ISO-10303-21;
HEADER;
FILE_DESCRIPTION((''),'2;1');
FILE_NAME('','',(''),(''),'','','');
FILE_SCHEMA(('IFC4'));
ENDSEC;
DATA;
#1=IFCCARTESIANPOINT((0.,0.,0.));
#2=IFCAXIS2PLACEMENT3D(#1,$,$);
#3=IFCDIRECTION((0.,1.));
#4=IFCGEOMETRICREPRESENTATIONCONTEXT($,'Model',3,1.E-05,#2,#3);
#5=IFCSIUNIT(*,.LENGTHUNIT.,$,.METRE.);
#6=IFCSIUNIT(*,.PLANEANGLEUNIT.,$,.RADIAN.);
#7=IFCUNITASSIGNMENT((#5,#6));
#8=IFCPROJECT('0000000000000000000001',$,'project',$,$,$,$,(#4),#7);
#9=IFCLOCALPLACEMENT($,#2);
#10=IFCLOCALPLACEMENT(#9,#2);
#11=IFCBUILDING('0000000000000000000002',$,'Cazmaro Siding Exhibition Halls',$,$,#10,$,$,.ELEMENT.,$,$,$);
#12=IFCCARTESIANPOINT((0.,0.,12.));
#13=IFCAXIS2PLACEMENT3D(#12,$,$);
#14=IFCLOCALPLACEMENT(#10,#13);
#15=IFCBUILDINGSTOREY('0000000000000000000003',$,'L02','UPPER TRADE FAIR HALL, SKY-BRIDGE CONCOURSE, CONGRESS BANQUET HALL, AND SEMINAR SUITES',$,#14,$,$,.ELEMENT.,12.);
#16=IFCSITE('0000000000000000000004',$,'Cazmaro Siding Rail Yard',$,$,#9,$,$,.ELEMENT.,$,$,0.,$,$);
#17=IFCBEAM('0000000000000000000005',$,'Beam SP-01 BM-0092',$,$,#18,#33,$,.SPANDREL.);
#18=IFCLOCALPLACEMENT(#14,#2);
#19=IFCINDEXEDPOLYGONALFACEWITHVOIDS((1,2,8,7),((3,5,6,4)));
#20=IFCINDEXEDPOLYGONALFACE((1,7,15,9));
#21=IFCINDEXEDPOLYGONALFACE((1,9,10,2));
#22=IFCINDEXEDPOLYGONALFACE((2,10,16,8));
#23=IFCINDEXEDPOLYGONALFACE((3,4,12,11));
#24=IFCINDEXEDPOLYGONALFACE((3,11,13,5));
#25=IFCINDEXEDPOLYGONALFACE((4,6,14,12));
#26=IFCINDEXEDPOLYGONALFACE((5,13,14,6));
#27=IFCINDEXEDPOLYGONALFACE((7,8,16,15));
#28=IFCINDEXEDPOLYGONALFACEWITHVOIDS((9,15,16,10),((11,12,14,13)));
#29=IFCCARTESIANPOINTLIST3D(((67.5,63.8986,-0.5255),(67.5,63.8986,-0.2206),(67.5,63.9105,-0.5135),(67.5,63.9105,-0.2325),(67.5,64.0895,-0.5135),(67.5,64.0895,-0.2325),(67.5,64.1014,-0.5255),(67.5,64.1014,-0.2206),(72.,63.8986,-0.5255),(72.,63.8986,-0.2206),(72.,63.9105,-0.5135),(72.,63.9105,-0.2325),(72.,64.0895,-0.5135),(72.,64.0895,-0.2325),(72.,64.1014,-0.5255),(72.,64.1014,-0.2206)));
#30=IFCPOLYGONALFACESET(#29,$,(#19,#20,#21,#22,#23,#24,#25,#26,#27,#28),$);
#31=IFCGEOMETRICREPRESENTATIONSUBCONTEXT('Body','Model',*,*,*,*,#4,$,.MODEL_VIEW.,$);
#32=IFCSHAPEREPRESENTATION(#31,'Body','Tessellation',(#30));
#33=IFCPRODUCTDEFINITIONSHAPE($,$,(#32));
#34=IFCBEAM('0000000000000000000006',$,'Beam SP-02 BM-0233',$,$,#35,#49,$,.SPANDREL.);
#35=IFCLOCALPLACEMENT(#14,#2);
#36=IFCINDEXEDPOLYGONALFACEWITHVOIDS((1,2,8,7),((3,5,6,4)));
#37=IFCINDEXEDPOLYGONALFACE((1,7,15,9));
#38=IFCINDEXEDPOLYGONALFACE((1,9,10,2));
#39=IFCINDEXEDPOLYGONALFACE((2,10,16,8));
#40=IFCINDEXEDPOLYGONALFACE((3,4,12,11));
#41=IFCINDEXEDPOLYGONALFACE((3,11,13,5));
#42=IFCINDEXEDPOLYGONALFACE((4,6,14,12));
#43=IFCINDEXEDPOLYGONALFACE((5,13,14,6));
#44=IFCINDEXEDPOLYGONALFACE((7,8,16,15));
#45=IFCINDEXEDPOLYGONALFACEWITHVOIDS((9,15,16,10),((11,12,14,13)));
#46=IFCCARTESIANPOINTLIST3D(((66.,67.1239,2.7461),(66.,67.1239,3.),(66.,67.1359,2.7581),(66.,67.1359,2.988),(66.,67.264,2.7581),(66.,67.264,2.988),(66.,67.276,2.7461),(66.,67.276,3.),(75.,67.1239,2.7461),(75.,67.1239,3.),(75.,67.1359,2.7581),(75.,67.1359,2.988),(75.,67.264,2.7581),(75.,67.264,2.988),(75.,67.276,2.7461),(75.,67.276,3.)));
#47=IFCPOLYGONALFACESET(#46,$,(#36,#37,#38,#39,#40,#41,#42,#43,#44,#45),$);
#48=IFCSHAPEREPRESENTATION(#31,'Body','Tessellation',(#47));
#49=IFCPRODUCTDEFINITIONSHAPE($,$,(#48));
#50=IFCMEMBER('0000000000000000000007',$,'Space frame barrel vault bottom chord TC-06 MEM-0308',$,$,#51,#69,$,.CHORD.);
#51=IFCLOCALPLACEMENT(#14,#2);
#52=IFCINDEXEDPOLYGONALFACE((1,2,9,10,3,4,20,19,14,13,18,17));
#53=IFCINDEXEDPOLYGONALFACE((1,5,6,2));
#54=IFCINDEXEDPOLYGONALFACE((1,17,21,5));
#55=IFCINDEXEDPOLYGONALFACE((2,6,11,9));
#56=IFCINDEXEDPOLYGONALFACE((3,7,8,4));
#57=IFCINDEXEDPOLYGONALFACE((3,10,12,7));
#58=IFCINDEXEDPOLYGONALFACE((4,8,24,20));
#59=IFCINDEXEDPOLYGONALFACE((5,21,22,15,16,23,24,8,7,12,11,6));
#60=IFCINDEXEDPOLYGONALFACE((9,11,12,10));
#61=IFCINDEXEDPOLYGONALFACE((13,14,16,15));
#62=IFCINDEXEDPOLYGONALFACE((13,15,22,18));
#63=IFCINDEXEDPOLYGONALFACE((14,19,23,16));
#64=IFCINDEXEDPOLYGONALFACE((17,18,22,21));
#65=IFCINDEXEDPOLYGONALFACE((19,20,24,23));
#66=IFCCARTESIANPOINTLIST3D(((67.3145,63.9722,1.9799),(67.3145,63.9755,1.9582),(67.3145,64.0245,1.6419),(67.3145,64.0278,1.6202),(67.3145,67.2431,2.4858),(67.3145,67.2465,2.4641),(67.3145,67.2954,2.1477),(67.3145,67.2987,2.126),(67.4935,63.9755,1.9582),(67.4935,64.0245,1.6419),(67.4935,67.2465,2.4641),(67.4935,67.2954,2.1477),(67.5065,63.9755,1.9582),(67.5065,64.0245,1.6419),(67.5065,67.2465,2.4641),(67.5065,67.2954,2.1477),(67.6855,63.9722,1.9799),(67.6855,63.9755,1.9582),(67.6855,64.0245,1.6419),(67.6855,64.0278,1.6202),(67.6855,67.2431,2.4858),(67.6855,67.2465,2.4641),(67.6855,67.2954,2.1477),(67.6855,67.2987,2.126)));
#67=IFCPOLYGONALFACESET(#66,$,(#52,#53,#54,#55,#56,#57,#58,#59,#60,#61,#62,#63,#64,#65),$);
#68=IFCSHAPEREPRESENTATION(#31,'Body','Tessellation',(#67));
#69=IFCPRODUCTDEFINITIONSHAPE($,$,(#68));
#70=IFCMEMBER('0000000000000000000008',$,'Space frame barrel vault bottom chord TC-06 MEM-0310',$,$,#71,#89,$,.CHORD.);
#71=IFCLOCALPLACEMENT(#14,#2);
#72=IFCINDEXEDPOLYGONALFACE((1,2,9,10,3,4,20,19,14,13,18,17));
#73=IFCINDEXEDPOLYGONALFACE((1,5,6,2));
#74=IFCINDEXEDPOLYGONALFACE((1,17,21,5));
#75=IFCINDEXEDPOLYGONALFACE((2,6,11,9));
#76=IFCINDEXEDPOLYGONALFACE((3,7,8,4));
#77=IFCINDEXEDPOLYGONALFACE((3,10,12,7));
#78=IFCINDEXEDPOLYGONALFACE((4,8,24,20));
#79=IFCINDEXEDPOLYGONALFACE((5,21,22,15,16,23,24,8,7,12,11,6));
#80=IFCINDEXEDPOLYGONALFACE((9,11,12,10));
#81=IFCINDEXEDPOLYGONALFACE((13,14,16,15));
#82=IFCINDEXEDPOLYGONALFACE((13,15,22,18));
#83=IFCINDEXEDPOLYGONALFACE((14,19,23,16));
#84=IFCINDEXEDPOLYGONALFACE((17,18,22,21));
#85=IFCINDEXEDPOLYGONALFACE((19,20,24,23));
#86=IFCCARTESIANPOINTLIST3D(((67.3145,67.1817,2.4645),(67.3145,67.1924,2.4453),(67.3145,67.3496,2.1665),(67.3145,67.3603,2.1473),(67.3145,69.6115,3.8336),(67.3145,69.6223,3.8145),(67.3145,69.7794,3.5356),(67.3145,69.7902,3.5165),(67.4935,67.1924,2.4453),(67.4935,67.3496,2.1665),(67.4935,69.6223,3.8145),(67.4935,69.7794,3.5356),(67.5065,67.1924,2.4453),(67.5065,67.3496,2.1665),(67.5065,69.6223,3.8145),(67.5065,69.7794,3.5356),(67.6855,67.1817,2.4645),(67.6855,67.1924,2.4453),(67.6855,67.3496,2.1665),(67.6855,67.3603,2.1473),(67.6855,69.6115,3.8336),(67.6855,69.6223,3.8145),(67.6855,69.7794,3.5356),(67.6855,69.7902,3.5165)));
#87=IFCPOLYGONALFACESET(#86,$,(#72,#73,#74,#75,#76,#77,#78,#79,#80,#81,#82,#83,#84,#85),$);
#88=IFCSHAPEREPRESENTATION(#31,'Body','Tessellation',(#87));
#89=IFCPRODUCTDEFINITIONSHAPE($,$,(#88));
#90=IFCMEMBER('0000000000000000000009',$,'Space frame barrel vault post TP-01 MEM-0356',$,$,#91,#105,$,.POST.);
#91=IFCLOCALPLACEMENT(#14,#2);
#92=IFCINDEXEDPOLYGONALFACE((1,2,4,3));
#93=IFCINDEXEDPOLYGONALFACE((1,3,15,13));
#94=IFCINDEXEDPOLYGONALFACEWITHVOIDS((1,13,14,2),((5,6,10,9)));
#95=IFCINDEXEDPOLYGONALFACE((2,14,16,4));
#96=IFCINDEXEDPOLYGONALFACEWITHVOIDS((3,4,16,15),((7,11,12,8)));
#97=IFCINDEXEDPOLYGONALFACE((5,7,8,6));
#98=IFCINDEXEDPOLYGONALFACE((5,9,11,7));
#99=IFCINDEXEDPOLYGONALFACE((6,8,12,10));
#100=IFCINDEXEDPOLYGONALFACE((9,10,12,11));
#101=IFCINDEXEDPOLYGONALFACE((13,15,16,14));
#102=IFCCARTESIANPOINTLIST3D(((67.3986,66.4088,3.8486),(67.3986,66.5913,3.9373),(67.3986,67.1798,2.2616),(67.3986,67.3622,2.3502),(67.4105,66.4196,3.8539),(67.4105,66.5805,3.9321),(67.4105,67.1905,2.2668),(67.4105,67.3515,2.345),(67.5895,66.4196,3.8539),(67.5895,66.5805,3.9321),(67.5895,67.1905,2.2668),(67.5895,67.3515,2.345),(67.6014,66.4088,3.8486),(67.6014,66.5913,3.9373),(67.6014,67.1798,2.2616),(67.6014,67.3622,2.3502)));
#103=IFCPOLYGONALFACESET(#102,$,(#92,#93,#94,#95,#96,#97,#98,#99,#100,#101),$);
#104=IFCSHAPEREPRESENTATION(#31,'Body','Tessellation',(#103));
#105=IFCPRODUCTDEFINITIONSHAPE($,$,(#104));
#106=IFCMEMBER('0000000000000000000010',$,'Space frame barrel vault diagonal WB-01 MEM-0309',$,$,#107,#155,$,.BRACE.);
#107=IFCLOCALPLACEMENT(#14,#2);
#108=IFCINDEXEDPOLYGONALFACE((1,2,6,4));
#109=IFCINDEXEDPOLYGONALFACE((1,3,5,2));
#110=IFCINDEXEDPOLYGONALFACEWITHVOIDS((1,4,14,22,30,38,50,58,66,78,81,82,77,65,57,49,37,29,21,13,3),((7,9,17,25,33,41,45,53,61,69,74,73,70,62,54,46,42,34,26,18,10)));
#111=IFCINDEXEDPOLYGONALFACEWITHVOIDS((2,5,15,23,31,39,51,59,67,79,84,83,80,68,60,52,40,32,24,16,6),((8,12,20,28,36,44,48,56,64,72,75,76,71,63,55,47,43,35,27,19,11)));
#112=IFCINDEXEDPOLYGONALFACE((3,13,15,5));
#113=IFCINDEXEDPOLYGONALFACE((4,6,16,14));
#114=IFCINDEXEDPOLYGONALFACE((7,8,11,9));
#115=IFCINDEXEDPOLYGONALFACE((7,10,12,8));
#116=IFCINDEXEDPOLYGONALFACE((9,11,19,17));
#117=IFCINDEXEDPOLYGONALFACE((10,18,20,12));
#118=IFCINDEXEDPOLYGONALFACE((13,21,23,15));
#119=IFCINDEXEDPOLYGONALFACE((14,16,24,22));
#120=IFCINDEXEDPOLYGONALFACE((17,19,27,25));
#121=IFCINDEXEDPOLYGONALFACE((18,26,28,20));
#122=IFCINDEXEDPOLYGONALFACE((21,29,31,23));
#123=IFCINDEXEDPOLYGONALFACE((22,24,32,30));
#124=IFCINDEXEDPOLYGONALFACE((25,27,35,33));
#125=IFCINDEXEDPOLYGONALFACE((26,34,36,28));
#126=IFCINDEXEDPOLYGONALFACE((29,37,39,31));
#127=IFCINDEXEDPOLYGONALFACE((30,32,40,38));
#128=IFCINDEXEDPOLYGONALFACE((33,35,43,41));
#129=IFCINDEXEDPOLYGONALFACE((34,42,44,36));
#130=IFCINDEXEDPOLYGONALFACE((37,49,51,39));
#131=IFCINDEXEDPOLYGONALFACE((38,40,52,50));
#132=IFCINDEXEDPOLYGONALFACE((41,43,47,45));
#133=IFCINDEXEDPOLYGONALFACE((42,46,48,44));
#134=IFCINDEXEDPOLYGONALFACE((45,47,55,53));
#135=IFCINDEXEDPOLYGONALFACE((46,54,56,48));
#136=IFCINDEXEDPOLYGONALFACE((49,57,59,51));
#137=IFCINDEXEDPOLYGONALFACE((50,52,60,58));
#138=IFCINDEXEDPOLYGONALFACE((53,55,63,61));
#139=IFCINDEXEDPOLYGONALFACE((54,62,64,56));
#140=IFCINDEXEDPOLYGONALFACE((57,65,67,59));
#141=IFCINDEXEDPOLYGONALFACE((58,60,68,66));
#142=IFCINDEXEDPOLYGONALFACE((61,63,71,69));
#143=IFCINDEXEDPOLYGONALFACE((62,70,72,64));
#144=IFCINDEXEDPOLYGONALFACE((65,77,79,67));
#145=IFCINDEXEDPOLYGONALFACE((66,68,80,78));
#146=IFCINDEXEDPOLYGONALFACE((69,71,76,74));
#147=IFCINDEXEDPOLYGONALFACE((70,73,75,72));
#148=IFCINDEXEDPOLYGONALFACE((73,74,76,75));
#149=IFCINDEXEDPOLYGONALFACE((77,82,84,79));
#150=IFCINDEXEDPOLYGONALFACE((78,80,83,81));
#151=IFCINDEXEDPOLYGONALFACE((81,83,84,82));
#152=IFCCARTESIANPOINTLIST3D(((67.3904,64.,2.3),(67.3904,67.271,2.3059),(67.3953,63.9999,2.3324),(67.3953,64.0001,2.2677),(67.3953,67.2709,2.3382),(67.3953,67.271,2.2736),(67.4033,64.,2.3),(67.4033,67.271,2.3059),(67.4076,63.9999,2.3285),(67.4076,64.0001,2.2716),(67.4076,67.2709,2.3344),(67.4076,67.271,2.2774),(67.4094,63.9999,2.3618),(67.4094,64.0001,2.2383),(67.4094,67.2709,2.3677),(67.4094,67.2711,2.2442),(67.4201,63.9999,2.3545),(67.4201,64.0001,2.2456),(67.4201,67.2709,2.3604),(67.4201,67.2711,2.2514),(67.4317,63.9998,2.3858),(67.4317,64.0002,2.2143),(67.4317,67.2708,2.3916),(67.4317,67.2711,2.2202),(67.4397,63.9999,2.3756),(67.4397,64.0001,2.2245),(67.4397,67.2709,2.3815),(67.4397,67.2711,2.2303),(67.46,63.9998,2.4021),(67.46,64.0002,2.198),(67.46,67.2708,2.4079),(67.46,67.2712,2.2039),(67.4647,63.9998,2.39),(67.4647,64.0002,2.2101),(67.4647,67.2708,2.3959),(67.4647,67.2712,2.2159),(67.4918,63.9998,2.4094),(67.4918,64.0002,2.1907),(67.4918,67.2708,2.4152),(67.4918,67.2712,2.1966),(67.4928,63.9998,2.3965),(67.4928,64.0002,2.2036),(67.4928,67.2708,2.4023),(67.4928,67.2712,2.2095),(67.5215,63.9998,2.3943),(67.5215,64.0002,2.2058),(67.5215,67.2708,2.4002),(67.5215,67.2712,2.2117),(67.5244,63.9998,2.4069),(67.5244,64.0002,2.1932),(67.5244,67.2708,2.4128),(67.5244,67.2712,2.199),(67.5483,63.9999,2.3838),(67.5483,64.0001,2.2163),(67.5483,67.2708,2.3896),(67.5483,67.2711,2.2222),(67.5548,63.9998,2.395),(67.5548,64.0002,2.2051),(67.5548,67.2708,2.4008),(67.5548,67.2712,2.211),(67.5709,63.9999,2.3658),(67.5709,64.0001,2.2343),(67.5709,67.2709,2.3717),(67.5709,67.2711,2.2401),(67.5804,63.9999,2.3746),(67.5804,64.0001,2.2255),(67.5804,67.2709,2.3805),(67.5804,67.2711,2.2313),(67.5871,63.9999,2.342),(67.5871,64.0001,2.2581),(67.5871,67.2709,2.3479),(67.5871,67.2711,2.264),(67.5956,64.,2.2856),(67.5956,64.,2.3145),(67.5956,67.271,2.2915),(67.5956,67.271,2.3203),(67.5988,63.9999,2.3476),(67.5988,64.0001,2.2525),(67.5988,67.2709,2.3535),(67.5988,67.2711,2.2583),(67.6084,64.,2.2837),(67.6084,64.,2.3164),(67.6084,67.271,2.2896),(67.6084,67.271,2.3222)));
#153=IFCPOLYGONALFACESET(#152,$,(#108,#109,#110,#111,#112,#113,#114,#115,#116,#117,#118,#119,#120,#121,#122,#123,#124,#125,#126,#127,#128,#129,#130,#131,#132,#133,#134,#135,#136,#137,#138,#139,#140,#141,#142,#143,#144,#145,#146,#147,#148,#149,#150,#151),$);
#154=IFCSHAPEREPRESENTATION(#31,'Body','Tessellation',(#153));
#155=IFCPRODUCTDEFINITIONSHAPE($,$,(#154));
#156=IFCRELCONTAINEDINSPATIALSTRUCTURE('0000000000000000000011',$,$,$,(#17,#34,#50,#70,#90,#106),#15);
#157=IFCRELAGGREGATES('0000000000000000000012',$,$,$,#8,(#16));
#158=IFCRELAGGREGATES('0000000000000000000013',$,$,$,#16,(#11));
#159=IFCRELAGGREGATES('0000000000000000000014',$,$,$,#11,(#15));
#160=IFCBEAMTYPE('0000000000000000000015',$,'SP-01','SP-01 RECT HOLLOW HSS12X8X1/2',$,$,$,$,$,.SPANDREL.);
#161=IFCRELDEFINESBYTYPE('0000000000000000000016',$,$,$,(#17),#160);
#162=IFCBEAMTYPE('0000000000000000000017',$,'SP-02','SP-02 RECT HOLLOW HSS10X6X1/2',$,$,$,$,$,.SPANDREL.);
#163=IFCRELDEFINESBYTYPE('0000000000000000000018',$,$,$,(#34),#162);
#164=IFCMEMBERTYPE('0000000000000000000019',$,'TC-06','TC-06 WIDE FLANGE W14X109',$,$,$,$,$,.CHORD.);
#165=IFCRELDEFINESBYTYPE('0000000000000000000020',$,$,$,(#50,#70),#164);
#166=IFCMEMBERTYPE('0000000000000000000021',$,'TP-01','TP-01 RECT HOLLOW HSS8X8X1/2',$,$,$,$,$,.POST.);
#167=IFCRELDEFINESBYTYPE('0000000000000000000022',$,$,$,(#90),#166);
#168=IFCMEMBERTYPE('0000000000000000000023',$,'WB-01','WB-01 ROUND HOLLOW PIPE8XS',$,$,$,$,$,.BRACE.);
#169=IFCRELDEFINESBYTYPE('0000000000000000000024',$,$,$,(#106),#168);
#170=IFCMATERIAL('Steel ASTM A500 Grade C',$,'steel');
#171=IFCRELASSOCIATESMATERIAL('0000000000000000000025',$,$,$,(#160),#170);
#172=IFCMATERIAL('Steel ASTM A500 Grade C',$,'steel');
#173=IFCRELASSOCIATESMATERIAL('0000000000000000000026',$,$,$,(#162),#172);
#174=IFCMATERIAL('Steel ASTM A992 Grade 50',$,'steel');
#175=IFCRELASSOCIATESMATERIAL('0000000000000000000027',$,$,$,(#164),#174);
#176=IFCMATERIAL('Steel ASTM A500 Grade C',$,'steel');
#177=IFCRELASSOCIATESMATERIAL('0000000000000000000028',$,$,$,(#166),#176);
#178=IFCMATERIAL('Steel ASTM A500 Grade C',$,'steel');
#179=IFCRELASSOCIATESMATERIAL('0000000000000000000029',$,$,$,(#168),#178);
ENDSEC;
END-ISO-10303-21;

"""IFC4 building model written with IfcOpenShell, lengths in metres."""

from ifc_helpers import new_model, si_unit, direction, frame, origin, origin_2d, place, context, subcontext, project, spatial, hollow_rectangle, hollow_circle, i_section, extrude, material, material_profile, profile_set, type_object, element, save


model = new_model("IFC4")

# Units and contexts
model_context = context("Model", 3, precision=1e-05, world=origin(), true_north=direction((0.0, 1.0)))
body_context = subcontext(model_context, "Body", "Model", "MODEL_VIEW")
ifc_project = project(units=[si_unit("LENGTHUNIT", "METRE"), si_unit("PLANEANGLEUNIT", "RADIAN")], contexts=[model_context])

# Site, building, storey
site_placement = place(None, origin())
site = spatial("IfcSite", under=ifc_project, at=site_placement, Name="Cazmaro Siding Rail Yard", CompositionType="ELEMENT", RefElevation=0.0)
building_placement = place(site_placement, origin())
building = spatial("IfcBuilding", under=site, at=building_placement, Name="Cazmaro Siding Exhibition Halls", CompositionType="ELEMENT")
storey_placement = place(building_placement, frame((0.0, 0.0, 12.0)))
storey = spatial("IfcBuildingStorey", under=building, at=storey_placement, Name="L02", Description="UPPER TRADE FAIR HALL, SKY-BRIDGE CONCOURSE, CONGRESS BANQUET HALL, AND SEMINAR SUITES", CompositionType="ELEMENT", Elevation=12.0)

# Beams
ifc_material_1 = material(Name="Steel ASTM A500 Grade C", Category="steel")
ifc_material_profile_1 = material_profile(ifc_material_1, hollow_rectangle(XDim=0.2029, YDim=0.3049, WallThickness=0.012, at=origin_2d()), Name="HSS12X8X1/2")
ifc_profile_set_1 = profile_set([ifc_material_profile_1], Name="Steel ASTM A500 Grade C")
beam_type_1 = type_object("IfcBeamType", Name="SP-01", Description="SP-01 RECT HOLLOW HSS12X8X1/2", PredefinedType="SPANDREL", material=ifc_profile_set_1)
beam_1_placement = place(storey_placement, frame((67.5, 64.0, -0.373), z_axis=(1.0, 0.0, 0.0), x_axis=(0.0, 1.0, 0.0)))
element("IfcBeam", 1, at=beam_1_placement, inside=storey, type_object=beam_type_1, Name="Beam SP-01 BM-0092", PredefinedType="SPANDREL", context=body_context, shape_type="SweptSolid", body=[
    extrude(hollow_rectangle(XDim=0.2029, YDim=0.3049, WallThickness=0.012, at=origin_2d()), origin(), (0.0, 0.0, 1.0), 4.5),
])
ifc_material_2 = material(Name="Steel ASTM A500 Grade C", Category="steel")
ifc_material_profile_2 = material_profile(ifc_material_2, hollow_rectangle(XDim=0.1521, YDim=0.2539, WallThickness=0.012, at=origin_2d()), Name="HSS10X6X1/2")
ifc_profile_set_2 = profile_set([ifc_material_profile_2], Name="Steel ASTM A500 Grade C")
beam_type_2 = type_object("IfcBeamType", Name="SP-02", Description="SP-02 RECT HOLLOW HSS10X6X1/2", PredefinedType="SPANDREL", material=ifc_profile_set_2)
beam_2_placement = place(storey_placement, frame((66.0, 67.2, 2.873), z_axis=(1.0, 0.0, 0.0), x_axis=(0.0, 1.0, 0.0)))
element("IfcBeam", 2, at=beam_2_placement, inside=storey, type_object=beam_type_2, Name="Beam SP-02 BM-0233", PredefinedType="SPANDREL", context=body_context, shape_type="SweptSolid", body=[
    extrude(hollow_rectangle(XDim=0.1521, YDim=0.2539, WallThickness=0.012, at=origin_2d()), origin(), (0.0, 0.0, 1.0), 9.0),
])

# Members
ifc_material_3 = material(Name="Steel ASTM A992 Grade 50", Category="steel")
ifc_material_profile_3 = material_profile(ifc_material_3, i_section(OverallWidth=0.3711, OverallDepth=0.364, WebThickness=0.0129, FlangeThickness=0.022, at=origin_2d()), Name="W14X109")
ifc_profile_set_3 = profile_set([ifc_material_profile_3], Name="Steel ASTM A992 Grade 50")
member_type_1 = type_object("IfcMemberType", Name="TC-06", Description="TC-06 WIDE FLANGE W14X109", PredefinedType="CHORD", material=ifc_profile_set_3)
member_1_placement = place(storey_placement, frame((67.5, 64.0, 1.8), z_axis=(0.0, 0.988252, 0.152833), x_axis=(-1.0, 0.0, 0.0)))
element("IfcMember", 3, at=member_1_placement, inside=storey, type_object=member_type_1, Name="Space frame barrel vault bottom chord TC-06 MEM-0308", PredefinedType="CHORD", context=body_context, shape_type="SweptSolid", body=[
    extrude(i_section(OverallWidth=0.3711, OverallDepth=0.364, WebThickness=0.0129, FlangeThickness=0.022, at=origin_2d()), origin(), (0.0, 0.0, 1.0), 3.3098),
])
member_2_placement = place(storey_placement, frame((67.5, 67.271, 2.3059), z_axis=(0.0, 0.871222, 0.490889), x_axis=(-1.0, 0.0, 0.0)))
element("IfcMember", 4, at=member_2_placement, inside=storey, type_object=member_type_1, Name="Space frame barrel vault bottom chord TC-06 MEM-0310", PredefinedType="CHORD", context=body_context, shape_type="SweptSolid", body=[
    extrude(i_section(OverallWidth=0.3711, OverallDepth=0.364, WebThickness=0.0129, FlangeThickness=0.022, at=origin_2d()), origin(), (0.0, 0.0, 1.0), 2.7891),
])
ifc_material_4 = material(Name="Steel ASTM A500 Grade C", Category="steel")
ifc_material_profile_4 = material_profile(ifc_material_4, hollow_rectangle(XDim=0.2029, YDim=0.2029, WallThickness=0.012, at=origin_2d()), Name="HSS8X8X1/2")
ifc_profile_set_4 = profile_set([ifc_material_profile_4], Name="Steel ASTM A500 Grade C")
member_type_2 = type_object("IfcMemberType", Name="TP-01", Description="TP-01 RECT HOLLOW HSS8X8X1/2", PredefinedType="POST", material=ifc_profile_set_4)
member_3_placement = place(storey_placement, frame((67.5, 67.271, 2.3059), z_axis=(0.0, -0.436946, 0.899488), x_axis=(1.0, 0.0, 0.0)))
element("IfcMember", 5, at=member_3_placement, inside=storey, type_object=member_type_2, Name="Space frame barrel vault post TP-01 MEM-0356", PredefinedType="POST", context=body_context, shape_type="SweptSolid", body=[
    extrude(hollow_rectangle(XDim=0.2029, YDim=0.2029, WallThickness=0.012, at=origin_2d()), origin(), (0.0, 0.0, 1.0), 1.7644),
])
ifc_material_5 = material(Name="Steel ASTM A500 Grade C", Category="steel")
ifc_material_profile_5 = material_profile(ifc_material_5, hollow_circle(Radius=0.1096, WallThickness=0.0129, at=origin_2d()), Name="PIPE8XS")
ifc_profile_set_5 = profile_set([ifc_material_profile_5], Name="Steel ASTM A500 Grade C")
member_type_3 = type_object("IfcMemberType", Name="WB-01", Description="WB-01 ROUND HOLLOW PIPE8XS", PredefinedType="BRACE", material=ifc_profile_set_5)
member_4_placement = place(storey_placement, frame((67.5, 64.0, 2.3), z_axis=(0.0, 0.999998, 0.001791), x_axis=(-1.0, 0.0, 0.0)))
element("IfcMember", 6, at=member_4_placement, inside=storey, type_object=member_type_3, Name="Space frame barrel vault diagonal WB-01 MEM-0309", PredefinedType="BRACE", context=body_context, shape_type="SweptSolid", body=[
    extrude(hollow_circle(Radius=0.1096, WallThickness=0.0129, at=origin_2d()), origin(), (0.0, 0.0, 1.0), 3.271),
])

save(model, "model.ifc")
